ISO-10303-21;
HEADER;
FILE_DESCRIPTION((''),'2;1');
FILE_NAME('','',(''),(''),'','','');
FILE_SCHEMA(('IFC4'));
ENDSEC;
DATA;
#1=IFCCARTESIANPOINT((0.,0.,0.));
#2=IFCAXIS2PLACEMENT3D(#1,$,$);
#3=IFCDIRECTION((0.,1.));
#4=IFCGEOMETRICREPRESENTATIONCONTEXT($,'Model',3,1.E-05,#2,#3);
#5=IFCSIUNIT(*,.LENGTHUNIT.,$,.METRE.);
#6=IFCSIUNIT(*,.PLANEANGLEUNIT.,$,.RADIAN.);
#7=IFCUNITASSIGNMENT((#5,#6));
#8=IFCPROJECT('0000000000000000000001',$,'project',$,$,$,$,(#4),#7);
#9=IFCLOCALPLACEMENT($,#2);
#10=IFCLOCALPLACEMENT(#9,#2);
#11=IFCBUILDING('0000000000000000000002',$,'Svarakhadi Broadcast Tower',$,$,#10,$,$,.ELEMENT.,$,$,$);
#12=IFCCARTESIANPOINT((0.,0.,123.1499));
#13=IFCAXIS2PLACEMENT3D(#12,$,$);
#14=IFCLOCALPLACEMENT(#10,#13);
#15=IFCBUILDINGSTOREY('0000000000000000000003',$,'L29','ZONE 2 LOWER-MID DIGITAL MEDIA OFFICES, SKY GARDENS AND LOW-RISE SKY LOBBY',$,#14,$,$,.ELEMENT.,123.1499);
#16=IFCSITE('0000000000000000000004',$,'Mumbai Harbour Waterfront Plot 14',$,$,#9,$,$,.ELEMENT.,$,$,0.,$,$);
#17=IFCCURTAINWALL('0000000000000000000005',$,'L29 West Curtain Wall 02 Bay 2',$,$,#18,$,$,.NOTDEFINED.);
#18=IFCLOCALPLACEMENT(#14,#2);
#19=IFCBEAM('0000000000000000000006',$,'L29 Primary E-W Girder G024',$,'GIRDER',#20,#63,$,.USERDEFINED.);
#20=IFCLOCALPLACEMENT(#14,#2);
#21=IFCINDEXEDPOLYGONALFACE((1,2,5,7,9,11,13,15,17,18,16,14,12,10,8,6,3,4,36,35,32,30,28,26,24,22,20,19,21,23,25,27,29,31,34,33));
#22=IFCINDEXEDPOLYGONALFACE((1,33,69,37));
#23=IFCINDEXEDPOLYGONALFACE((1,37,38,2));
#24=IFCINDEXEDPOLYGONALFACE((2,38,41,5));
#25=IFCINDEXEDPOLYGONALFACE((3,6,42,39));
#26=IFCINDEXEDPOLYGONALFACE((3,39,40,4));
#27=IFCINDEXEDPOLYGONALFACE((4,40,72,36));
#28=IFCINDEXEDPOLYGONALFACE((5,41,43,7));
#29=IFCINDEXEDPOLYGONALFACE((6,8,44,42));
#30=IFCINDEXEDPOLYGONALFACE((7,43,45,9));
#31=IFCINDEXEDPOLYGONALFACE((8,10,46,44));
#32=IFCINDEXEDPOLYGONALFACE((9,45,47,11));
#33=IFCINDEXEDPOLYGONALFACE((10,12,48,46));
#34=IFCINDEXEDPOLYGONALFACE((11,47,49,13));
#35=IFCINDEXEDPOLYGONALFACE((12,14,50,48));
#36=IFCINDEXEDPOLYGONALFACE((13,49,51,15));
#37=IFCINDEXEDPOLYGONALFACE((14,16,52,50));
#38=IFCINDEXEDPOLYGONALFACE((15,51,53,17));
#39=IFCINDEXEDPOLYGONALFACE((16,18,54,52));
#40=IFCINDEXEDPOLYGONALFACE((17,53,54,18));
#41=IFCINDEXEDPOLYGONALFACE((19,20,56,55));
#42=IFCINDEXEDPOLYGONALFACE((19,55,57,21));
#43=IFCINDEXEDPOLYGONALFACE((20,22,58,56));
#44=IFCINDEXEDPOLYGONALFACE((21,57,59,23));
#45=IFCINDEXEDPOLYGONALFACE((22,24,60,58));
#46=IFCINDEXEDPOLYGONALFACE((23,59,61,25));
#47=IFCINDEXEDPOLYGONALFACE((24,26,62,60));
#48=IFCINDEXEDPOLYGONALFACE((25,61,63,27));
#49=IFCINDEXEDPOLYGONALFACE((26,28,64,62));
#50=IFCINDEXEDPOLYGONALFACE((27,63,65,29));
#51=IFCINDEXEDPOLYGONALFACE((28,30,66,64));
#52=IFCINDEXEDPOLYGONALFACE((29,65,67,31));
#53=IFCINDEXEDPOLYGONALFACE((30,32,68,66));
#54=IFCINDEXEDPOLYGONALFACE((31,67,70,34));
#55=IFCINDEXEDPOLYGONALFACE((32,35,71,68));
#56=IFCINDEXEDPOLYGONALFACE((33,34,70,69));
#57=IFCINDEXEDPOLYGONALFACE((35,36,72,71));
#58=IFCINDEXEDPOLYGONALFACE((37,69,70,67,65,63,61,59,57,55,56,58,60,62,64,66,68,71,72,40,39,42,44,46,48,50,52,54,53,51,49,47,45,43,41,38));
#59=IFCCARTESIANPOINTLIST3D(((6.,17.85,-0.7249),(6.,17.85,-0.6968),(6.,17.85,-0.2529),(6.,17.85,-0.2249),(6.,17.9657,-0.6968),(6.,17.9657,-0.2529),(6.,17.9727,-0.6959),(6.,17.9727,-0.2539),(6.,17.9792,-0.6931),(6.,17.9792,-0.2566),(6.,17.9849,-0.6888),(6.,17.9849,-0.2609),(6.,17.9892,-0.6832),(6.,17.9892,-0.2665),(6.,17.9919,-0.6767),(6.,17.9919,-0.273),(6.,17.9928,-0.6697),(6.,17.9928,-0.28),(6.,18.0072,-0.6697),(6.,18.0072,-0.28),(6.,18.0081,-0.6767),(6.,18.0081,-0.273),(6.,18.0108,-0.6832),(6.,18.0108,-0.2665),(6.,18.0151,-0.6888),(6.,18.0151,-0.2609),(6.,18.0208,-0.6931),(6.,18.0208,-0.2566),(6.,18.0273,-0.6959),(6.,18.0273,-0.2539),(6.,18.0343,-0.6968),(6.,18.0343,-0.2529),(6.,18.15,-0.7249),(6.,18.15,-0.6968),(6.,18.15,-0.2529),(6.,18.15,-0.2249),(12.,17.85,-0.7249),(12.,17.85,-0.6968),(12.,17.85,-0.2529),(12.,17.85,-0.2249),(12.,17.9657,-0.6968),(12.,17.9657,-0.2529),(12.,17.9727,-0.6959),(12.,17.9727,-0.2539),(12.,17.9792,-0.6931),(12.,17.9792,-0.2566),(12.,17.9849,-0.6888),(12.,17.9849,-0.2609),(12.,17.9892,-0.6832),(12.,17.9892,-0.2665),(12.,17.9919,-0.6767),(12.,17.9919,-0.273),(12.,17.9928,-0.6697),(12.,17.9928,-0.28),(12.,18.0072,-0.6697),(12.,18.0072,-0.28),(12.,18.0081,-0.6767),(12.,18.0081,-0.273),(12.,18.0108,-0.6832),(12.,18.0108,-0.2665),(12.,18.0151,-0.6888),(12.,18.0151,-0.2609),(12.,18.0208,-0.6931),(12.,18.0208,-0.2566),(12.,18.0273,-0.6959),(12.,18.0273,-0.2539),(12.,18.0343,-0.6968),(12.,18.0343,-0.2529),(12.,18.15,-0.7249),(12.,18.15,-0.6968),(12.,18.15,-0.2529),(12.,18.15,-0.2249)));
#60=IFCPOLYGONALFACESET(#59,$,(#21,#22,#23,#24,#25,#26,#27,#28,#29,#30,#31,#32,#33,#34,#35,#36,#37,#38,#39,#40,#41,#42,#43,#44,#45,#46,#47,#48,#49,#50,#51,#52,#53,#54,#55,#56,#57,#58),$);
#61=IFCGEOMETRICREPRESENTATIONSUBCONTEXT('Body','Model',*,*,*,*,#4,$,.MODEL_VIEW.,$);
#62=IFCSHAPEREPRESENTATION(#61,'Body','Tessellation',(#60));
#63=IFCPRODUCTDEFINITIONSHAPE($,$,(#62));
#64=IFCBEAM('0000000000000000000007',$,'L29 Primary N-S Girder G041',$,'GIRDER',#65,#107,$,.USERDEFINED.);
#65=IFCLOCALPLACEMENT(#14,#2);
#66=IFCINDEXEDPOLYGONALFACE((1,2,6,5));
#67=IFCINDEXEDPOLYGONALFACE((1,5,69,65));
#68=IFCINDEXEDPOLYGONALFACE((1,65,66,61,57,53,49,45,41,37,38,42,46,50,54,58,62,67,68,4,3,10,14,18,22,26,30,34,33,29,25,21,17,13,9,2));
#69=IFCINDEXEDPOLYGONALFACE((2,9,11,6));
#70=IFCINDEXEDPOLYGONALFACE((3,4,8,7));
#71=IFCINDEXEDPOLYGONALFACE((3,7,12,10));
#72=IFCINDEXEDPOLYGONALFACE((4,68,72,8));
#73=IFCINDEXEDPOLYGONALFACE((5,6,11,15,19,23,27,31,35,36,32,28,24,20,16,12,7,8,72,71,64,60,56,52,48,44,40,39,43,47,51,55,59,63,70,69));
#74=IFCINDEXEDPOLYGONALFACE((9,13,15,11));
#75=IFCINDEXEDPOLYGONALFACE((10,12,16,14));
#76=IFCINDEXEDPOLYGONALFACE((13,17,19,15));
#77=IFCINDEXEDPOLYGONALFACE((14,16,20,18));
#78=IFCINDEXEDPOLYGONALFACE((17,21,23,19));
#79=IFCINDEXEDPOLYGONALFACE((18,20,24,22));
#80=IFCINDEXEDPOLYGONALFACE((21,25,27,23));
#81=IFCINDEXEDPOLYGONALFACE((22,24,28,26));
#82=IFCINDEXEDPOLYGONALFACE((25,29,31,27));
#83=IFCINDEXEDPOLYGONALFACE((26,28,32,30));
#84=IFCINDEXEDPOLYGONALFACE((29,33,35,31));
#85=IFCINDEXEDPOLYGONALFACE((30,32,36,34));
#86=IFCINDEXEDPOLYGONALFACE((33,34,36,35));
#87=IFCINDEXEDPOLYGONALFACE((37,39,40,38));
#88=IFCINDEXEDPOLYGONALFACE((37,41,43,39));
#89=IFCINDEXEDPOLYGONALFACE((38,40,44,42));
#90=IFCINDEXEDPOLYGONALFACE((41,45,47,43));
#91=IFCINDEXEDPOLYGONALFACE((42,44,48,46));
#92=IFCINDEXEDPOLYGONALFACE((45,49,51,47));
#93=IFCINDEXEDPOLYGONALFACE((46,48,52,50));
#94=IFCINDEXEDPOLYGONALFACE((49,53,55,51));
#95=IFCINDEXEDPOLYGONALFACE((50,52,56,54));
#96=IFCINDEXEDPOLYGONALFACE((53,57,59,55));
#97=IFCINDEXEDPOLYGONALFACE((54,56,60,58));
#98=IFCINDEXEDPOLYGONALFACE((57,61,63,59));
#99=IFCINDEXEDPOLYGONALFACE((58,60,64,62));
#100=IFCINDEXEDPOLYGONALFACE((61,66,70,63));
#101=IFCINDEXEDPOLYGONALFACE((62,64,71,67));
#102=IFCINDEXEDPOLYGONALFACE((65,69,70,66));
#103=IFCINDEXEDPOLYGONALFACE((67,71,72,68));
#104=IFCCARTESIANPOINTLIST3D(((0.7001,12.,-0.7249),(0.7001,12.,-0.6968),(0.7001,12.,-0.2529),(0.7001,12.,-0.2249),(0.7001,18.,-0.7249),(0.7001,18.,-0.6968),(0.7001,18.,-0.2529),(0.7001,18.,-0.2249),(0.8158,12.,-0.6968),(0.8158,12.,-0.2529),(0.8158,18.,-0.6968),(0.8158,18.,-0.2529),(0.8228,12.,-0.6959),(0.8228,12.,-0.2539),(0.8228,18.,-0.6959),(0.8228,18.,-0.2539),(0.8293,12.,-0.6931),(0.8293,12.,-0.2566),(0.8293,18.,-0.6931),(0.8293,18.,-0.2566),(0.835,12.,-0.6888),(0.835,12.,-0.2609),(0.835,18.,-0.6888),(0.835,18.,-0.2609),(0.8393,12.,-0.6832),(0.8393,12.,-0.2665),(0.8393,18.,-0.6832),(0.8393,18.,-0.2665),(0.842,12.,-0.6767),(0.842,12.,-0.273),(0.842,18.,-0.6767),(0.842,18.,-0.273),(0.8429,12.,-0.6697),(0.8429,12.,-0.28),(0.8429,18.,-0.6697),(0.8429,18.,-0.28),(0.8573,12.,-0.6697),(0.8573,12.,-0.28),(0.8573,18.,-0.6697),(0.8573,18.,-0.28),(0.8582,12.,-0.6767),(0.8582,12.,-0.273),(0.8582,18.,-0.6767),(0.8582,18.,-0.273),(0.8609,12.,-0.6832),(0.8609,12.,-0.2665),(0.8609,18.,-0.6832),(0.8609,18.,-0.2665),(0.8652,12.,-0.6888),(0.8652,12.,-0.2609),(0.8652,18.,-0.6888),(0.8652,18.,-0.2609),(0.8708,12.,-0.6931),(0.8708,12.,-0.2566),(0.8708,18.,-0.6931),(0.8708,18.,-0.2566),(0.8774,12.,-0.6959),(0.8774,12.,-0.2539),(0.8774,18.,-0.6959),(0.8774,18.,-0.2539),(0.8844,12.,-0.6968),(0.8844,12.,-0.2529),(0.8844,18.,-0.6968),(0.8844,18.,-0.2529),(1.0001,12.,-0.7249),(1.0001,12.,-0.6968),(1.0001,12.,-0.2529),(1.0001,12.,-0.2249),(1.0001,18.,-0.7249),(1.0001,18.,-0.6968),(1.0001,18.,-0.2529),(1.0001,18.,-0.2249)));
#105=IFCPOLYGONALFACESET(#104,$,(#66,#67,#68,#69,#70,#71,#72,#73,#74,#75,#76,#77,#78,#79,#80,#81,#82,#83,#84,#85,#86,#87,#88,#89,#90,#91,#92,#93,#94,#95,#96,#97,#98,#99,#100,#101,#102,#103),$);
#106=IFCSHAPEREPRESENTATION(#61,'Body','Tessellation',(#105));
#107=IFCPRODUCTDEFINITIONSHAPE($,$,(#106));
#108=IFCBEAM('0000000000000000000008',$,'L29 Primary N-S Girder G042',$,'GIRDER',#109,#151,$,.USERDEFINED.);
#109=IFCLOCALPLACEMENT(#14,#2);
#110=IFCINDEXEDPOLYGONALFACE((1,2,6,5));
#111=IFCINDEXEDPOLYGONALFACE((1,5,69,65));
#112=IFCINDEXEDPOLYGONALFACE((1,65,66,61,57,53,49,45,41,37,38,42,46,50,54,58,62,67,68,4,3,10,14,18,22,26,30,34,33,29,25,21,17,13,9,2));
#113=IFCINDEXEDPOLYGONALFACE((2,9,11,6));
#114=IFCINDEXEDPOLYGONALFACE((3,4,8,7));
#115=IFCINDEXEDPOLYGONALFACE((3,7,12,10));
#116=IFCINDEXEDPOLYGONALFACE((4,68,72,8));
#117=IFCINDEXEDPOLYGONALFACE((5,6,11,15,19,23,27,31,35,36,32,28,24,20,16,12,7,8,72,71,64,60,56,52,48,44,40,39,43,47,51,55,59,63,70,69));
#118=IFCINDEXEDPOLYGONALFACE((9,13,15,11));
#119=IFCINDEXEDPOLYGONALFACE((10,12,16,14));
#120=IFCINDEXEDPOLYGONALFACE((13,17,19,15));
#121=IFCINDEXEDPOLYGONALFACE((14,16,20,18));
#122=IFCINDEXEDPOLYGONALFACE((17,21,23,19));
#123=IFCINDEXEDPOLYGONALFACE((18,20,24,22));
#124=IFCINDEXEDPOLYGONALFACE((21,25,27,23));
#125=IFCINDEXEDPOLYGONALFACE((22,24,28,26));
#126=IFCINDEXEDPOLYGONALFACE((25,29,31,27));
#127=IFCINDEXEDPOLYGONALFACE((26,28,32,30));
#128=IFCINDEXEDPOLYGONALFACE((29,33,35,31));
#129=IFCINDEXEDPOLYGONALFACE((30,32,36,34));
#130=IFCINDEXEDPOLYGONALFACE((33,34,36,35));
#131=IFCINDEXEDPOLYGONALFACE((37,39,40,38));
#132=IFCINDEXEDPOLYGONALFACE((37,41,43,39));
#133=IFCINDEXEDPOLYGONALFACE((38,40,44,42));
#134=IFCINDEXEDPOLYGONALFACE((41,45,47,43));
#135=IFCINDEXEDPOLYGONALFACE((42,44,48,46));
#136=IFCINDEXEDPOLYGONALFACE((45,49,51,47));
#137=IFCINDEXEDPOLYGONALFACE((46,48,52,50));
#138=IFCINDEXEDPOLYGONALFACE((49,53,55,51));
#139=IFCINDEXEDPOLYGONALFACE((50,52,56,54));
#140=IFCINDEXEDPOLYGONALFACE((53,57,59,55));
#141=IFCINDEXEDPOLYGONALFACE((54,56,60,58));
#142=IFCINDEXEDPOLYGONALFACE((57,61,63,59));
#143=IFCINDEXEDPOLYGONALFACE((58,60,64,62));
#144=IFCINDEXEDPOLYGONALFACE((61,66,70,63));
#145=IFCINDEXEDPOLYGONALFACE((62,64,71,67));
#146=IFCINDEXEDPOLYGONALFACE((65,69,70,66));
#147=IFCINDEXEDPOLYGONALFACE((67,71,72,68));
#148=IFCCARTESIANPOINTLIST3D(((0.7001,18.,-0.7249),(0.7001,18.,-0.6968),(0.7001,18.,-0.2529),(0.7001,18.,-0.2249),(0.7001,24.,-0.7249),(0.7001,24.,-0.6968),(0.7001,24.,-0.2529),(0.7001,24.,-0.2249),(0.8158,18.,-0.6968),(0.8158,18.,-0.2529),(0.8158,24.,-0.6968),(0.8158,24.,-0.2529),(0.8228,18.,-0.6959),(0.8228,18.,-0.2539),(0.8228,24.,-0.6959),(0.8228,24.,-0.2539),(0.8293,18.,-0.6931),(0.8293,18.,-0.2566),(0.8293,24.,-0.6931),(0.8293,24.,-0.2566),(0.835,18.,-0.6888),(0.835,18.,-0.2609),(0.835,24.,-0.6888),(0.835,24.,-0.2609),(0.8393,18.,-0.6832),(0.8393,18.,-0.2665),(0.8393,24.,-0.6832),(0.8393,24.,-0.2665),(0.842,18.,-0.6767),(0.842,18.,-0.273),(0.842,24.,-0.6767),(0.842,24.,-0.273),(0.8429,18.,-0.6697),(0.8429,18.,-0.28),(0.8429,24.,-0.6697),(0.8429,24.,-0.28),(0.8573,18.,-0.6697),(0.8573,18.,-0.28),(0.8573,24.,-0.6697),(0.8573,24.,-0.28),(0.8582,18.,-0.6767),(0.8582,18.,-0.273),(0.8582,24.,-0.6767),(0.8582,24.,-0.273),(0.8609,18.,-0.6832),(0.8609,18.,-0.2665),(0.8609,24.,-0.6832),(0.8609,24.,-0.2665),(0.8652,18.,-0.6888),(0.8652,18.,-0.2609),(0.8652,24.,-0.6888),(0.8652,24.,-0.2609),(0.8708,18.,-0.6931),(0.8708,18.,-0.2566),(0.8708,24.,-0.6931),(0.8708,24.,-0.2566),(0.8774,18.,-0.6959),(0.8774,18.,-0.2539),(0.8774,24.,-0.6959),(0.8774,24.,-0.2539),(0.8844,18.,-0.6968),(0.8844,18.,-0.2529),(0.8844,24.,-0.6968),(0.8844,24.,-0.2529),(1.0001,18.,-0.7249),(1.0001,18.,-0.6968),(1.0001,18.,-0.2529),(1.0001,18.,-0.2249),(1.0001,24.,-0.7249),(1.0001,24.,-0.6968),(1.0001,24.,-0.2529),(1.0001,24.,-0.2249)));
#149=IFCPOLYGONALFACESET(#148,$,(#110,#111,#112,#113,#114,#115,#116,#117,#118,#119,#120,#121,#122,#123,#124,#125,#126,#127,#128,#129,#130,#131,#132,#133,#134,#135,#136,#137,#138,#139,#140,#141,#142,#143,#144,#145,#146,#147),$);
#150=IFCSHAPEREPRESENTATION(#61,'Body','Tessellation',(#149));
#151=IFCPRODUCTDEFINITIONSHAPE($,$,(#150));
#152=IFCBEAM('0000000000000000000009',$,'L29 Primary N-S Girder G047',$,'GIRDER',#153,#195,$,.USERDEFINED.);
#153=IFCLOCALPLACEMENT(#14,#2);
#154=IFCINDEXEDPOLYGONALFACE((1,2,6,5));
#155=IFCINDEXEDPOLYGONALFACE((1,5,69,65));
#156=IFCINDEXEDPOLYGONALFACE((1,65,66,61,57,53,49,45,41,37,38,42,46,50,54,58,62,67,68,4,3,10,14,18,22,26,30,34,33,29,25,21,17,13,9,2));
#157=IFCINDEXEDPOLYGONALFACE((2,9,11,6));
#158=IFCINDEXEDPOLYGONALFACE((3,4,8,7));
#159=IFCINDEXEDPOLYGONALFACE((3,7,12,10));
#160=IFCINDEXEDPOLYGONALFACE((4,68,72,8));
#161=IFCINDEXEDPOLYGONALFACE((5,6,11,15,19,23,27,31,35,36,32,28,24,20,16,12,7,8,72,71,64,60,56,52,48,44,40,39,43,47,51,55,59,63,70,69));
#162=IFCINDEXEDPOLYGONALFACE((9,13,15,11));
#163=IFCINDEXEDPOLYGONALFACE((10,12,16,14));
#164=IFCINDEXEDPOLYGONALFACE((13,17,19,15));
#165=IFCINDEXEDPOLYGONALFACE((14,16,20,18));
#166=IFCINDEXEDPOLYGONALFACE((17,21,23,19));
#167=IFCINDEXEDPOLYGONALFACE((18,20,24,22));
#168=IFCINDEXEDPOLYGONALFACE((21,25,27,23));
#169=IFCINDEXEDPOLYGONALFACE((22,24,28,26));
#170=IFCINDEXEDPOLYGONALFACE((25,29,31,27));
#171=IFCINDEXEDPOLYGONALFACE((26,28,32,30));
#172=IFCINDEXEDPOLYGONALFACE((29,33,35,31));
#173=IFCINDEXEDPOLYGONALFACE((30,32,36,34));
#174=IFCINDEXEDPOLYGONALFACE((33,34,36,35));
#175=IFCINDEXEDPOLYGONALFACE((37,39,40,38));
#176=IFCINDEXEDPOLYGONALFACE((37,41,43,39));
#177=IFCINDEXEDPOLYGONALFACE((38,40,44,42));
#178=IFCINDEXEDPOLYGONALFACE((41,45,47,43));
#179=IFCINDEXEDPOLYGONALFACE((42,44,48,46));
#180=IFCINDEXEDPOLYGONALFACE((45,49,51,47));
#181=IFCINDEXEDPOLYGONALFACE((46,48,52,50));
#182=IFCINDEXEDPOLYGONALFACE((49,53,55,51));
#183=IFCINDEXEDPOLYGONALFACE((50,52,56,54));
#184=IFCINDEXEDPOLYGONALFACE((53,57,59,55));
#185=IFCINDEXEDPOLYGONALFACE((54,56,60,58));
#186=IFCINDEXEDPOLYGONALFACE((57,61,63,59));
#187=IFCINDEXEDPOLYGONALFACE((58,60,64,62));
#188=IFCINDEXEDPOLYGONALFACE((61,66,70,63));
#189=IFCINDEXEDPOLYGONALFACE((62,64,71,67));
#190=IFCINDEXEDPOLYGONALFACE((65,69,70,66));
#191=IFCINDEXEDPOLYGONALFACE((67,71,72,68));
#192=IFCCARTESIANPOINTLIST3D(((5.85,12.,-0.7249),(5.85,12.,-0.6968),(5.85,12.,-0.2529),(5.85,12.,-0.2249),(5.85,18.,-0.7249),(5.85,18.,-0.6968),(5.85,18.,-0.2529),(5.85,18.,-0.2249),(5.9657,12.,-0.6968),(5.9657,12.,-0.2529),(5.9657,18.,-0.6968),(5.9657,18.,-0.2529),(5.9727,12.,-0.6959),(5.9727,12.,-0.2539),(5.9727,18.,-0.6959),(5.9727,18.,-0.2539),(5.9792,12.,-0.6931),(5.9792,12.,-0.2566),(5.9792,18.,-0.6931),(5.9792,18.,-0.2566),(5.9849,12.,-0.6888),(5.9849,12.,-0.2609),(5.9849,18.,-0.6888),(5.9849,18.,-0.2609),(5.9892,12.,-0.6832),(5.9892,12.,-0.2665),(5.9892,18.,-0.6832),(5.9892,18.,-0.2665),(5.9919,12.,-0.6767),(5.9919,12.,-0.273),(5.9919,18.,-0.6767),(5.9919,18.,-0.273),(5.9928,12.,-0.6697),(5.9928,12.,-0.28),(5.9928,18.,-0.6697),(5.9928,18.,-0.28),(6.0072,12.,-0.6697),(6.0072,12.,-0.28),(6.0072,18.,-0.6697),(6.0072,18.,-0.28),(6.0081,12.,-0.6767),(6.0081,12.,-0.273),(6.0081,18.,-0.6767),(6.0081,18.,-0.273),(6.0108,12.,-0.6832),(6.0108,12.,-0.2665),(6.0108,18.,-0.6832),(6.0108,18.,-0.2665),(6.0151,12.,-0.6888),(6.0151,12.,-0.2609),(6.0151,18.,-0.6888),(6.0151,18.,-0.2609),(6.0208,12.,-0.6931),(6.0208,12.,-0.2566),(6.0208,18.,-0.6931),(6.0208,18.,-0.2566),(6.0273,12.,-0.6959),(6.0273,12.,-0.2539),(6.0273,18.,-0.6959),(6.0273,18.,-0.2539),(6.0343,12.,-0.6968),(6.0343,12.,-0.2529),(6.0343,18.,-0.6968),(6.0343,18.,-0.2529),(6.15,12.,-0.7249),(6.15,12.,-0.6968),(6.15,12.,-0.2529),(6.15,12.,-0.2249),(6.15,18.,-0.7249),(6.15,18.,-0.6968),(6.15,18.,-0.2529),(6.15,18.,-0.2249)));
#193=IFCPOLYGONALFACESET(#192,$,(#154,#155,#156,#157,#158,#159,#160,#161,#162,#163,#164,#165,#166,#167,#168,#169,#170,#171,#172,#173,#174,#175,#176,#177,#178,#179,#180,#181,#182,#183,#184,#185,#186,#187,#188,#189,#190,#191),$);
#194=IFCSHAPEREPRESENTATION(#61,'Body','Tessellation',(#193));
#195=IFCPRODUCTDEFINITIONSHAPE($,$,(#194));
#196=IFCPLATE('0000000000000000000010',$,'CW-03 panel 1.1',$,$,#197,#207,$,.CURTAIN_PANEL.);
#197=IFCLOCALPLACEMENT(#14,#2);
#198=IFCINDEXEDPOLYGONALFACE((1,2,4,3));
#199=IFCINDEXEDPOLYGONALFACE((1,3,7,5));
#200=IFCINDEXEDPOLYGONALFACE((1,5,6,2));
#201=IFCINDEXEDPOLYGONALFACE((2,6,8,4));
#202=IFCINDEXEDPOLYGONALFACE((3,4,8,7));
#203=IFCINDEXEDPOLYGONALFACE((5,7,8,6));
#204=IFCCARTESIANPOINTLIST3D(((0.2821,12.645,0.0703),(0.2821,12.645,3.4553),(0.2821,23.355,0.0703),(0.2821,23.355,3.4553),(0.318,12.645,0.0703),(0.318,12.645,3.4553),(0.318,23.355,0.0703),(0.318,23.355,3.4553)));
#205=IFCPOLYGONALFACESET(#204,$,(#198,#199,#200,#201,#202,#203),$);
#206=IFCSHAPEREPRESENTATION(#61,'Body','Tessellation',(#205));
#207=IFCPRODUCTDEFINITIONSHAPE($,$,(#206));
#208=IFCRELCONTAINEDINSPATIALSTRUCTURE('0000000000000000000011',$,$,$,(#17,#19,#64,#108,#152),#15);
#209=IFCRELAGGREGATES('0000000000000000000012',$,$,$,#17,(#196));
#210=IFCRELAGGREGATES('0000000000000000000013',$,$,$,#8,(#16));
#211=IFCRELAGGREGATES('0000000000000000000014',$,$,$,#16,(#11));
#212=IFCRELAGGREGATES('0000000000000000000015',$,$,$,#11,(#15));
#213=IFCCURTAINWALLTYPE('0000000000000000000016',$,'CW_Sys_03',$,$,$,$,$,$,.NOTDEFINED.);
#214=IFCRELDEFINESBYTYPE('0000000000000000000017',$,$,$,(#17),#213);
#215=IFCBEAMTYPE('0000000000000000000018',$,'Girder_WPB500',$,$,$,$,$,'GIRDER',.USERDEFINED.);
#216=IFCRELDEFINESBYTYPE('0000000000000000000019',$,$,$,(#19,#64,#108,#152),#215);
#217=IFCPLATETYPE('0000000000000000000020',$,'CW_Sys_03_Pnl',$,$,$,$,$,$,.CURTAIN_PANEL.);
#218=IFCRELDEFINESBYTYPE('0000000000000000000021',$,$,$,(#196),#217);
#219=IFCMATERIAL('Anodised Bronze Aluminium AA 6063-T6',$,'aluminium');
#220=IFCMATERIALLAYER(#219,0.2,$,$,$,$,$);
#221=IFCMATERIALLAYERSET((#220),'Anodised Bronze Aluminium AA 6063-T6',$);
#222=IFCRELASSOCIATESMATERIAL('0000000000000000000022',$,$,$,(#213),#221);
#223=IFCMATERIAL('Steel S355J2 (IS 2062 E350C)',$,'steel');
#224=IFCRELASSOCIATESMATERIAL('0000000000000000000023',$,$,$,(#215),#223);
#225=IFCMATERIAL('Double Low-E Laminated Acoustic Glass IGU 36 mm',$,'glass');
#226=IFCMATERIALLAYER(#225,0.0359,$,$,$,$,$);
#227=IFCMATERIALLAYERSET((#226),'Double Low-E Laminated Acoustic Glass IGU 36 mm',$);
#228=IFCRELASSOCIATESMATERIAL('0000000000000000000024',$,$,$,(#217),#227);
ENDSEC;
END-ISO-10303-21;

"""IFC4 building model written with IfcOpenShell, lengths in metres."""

from ifc_helpers import new_model, si_unit, direction, frame, origin, origin_2d, place, context, subcontext, project, spatial, rectangle, i_section, extrude, material, layer, layer_set, material_profile, profile_set, type_object, element, aggregate, save


model = new_model("IFC4")

# Units and contexts
model_context = context("Model", 3, precision=1e-05, world=origin(), true_north=direction((0.0, 1.0)))
body_context = subcontext(model_context, "Body", "Model", "MODEL_VIEW")
ifc_project = project(units=[si_unit("LENGTHUNIT", "METRE"), si_unit("PLANEANGLEUNIT", "RADIAN")], contexts=[model_context])

# Site, building, storey
site_placement = place(None, origin())
site = spatial("IfcSite", under=ifc_project, at=site_placement, Name="Mumbai Harbour Waterfront Plot 14", CompositionType="ELEMENT", RefElevation=0.0)
building_placement = place(site_placement, origin())
building = spatial("IfcBuilding", under=site, at=building_placement, Name="Svarakhadi Broadcast Tower", CompositionType="ELEMENT")
storey_placement = place(building_placement, frame((0.0, 0.0, 123.1499)))
storey = spatial("IfcBuildingStorey", under=building, at=storey_placement, Name="L29", Description="ZONE 2 LOWER-MID DIGITAL MEDIA OFFICES, SKY GARDENS AND LOW-RISE SKY LOBBY", CompositionType="ELEMENT", Elevation=123.1499)

# Shared definitions
ifc_material_1 = material(Name="Steel S355J2 (IS 2062 E350C)", Category="steel")

# Shared definitions
ifc_material_2 = material(Name="Anodised Bronze Aluminium AA 6063-T6", Category="aluminium")
ifc_layer_1 = layer(ifc_material_2, 0.2)
ifc_layer_set_1 = layer_set([ifc_layer_1], Name="Anodised Bronze Aluminium AA 6063-T6")
curtain_wall_type = type_object("IfcCurtainWallType", Name="CW_Sys_03", PredefinedType="NOTDEFINED", material=ifc_layer_set_1)

# Curtain wall
curtain_wall_1_placement = place(storey_placement, origin())
curtain_wall_1 = element("IfcCurtainWall", 1, at=curtain_wall_1_placement, inside=storey, type_object=curtain_wall_type, Name="L29 West Curtain Wall 02 Bay 2", PredefinedType="NOTDEFINED")

# Beams
ifc_material_profile_1 = material_profile(ifc_material_1, i_section(OverallWidth=0.3, OverallDepth=0.5, WebThickness=0.0144, FlangeThickness=0.0281, FilletRadius=0.0271, at=origin_2d()), Name="WPB 500x300x187")
ifc_profile_set_1 = profile_set([ifc_material_profile_1], Name="Steel S355J2 (IS 2062 E350C)")
beam_type_1 = type_object("IfcBeamType", Name="Girder_WPB500", ElementType="GIRDER", PredefinedType="USERDEFINED", material=ifc_profile_set_1)
for number, where, z_axis, x_axis, name in (
    (2, (6.0, 18.0, -0.4749), (1.0, 0.0, 0.0), (0.0, 1.0, 0.0), "L29 Primary E-W Girder G024"),
    (3, (0.8501, 12.0, -0.4749), (0.0, 1.0, 0.0), (-1.0, 0.0, 0.0), "L29 Primary N-S Girder G041"),
    (4, (0.8501, 18.0, -0.4749), (0.0, 1.0, 0.0), (-1.0, 0.0, 0.0), "L29 Primary N-S Girder G042"),
    (5, (6.0, 12.0, -0.4749), (0.0, 1.0, 0.0), (-1.0, 0.0, 0.0), "L29 Primary N-S Girder G047"),
):
    element("IfcBeam", number, at=place(storey_placement, frame(where, z_axis=z_axis, x_axis=x_axis)), inside=storey, type_object=beam_type_1, Name=name, ObjectType="GIRDER", PredefinedType="USERDEFINED", context=body_context, shape_type="SweptSolid", body=[
        extrude(i_section(OverallWidth=0.3, OverallDepth=0.5, WebThickness=0.0144, FlangeThickness=0.0281, FilletRadius=0.0271, at=origin_2d()), origin(), (0.0, 0.0, 1.0), 6.0),
    ])

# Plate
ifc_material_3 = material(Name="Double Low-E Laminated Acoustic Glass IGU 36 mm", Category="glass")
ifc_layer_2 = layer(ifc_material_3, 0.0359)
ifc_layer_set_2 = layer_set([ifc_layer_2], Name="Double Low-E Laminated Acoustic Glass IGU 36 mm")
plate_type_1 = type_object("IfcPlateType", Name="CW_Sys_03_Pnl", PredefinedType="CURTAIN_PANEL", material=ifc_layer_set_2)
plate_1_placement = place(storey_placement, frame((0.3, 18.0, 0.0703), z_axis=(0.0, 0.0, 1.0), x_axis=(0.0, 1.0, 0.0)))
plate_1 = element("IfcPlate", 6, at=plate_1_placement, type_object=plate_type_1, Name="CW-03 panel 1.1", PredefinedType="CURTAIN_PANEL", context=body_context, shape_type="SweptSolid", body=[
    extrude(rectangle(XDim=10.71, YDim=0.0359, at=origin_2d()), origin(), (0.0, 0.0, 1.0), 3.385),
])
aggregate(curtain_wall_1, [plate_1])

save(model, "model.ifc")
